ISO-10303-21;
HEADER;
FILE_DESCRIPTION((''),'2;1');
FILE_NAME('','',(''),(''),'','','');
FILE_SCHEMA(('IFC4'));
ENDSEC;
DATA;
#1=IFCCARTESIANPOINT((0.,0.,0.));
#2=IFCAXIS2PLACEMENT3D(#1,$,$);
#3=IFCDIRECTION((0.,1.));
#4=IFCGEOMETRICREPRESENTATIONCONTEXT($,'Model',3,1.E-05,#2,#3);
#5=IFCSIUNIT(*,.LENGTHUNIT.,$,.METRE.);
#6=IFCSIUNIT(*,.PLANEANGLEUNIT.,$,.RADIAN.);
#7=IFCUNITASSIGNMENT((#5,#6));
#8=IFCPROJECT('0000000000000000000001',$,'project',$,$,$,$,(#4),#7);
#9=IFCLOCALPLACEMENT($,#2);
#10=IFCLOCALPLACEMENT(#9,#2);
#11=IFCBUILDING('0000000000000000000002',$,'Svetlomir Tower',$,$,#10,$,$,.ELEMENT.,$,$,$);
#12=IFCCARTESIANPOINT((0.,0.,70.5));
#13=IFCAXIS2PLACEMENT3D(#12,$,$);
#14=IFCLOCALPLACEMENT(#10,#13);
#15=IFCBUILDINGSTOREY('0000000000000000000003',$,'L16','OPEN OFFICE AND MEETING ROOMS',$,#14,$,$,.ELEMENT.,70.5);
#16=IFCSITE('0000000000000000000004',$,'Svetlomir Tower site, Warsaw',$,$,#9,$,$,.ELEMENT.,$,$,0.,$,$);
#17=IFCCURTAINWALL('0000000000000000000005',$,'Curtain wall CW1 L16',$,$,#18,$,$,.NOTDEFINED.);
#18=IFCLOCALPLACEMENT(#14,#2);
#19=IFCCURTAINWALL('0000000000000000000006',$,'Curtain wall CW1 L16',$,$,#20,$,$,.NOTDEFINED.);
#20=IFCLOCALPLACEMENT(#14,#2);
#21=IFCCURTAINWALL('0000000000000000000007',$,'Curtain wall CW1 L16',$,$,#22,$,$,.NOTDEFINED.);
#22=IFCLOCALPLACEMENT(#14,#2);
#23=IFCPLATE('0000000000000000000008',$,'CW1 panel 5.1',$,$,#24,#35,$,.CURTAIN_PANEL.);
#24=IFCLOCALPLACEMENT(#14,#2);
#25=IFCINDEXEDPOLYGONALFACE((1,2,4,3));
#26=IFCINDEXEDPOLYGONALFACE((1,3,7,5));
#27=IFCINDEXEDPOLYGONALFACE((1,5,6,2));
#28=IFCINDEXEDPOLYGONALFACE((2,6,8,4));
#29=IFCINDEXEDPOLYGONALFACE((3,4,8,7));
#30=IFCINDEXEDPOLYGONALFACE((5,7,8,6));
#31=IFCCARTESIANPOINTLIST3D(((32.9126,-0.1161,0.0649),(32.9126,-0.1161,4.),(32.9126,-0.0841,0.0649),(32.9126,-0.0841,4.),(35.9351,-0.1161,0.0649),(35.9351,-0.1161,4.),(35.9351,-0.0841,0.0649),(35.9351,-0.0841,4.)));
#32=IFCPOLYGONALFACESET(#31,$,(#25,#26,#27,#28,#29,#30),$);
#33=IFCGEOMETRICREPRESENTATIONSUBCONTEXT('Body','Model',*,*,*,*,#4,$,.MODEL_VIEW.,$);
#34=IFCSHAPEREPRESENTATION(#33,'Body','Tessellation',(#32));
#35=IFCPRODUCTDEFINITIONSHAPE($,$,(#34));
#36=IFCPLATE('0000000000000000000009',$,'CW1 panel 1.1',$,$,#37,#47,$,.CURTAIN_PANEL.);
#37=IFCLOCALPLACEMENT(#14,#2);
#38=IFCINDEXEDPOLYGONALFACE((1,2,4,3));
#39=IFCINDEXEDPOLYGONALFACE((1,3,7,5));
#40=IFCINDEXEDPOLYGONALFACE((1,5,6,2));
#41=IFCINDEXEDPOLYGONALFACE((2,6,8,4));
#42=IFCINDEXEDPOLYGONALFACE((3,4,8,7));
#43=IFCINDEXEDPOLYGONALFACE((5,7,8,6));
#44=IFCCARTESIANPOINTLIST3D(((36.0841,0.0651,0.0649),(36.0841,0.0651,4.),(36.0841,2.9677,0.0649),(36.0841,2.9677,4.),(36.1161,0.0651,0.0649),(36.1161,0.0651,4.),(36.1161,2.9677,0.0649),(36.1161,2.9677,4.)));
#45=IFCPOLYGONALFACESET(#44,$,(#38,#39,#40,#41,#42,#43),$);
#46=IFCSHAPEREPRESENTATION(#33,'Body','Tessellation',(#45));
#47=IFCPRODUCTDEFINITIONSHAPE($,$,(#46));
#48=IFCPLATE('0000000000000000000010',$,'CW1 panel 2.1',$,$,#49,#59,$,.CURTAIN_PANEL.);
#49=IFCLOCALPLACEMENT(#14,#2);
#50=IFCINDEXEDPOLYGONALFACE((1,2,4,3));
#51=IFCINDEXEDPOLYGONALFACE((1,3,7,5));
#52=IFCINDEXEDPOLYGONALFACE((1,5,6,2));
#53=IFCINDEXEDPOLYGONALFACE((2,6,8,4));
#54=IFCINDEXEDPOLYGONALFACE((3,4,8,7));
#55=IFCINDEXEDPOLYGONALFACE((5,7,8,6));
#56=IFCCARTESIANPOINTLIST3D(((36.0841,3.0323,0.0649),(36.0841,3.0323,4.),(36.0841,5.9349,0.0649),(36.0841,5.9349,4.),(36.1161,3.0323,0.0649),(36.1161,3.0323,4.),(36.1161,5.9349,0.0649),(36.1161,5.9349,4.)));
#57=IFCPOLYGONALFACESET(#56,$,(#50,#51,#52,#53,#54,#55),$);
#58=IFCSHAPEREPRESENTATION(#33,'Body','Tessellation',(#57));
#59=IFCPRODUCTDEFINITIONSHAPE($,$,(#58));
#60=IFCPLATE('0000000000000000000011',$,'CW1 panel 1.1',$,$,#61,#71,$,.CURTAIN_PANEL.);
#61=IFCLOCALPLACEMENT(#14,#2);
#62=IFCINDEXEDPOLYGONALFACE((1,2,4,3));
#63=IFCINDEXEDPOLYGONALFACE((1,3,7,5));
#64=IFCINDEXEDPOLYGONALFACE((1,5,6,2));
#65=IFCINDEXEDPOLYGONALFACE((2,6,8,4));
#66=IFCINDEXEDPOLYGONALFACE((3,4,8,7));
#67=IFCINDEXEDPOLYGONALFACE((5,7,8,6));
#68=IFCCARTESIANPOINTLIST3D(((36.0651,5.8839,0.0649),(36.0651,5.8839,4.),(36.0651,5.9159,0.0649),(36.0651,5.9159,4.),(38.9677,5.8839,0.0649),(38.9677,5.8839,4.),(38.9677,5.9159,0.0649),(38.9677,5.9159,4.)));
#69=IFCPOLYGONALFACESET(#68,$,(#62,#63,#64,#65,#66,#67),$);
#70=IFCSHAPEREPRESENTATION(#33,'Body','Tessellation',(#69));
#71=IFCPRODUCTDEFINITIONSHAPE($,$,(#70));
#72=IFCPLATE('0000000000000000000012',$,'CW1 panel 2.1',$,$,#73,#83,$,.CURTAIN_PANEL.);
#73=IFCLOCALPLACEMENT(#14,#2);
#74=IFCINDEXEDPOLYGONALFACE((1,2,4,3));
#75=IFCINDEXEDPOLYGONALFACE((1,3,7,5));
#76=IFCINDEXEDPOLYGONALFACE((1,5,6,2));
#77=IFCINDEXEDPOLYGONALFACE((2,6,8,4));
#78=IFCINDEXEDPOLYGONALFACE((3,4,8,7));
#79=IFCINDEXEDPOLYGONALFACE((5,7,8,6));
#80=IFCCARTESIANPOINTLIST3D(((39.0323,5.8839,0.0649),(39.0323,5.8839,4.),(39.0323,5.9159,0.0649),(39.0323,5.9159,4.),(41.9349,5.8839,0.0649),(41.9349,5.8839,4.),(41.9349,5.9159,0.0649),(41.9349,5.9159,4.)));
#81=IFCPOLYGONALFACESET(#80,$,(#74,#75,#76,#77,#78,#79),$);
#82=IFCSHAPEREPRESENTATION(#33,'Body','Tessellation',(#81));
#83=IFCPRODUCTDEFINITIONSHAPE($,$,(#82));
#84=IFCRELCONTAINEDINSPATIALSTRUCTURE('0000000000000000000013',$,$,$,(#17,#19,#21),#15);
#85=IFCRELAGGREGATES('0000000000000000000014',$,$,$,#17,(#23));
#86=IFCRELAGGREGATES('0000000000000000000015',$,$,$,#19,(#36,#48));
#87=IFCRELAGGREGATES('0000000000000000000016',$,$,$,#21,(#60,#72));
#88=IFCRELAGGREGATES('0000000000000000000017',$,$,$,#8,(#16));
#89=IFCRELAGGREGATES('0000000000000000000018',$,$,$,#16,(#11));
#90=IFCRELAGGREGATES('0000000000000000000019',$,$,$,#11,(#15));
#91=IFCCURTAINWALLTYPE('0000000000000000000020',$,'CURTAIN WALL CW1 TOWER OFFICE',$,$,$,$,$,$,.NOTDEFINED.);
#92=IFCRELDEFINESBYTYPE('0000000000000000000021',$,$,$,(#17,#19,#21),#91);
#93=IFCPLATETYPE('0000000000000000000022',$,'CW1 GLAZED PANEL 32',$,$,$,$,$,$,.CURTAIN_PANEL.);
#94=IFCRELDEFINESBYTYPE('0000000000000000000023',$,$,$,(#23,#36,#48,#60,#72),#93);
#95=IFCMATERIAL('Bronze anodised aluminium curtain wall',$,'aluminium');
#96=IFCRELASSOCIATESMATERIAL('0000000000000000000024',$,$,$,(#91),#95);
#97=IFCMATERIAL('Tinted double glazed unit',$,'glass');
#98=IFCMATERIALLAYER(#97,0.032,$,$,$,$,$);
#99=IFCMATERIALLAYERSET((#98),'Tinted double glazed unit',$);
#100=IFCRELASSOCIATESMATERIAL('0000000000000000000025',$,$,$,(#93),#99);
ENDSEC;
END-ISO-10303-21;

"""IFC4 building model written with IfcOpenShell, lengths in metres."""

from ifc_helpers import new_model, si_unit, direction, frame, origin, origin_2d, place, context, subcontext, project, spatial, rectangle, extrude, material, layer, layer_set, type_object, element, aggregate, save


model = new_model("IFC4")

# Units and contexts
model_context = context("Model", 3, precision=1e-05, world=origin(), true_north=direction((0.0, 1.0)))
body_context = subcontext(model_context, "Body", "Model", "MODEL_VIEW")
ifc_project = project(units=[si_unit("LENGTHUNIT", "METRE"), si_unit("PLANEANGLEUNIT", "RADIAN")], contexts=[model_context])

# Site, building, storey
site_placement = place(None, origin())
site = spatial("IfcSite", under=ifc_project, at=site_placement, Name="Svetlomir Tower site, Warsaw", CompositionType="ELEMENT", RefElevation=0.0)
building_placement = place(site_placement, origin())
building = spatial("IfcBuilding", under=site, at=building_placement, Name="Svetlomir Tower", CompositionType="ELEMENT")
storey_placement = place(building_placement, frame((0.0, 0.0, 70.5)))
storey = spatial("IfcBuildingStorey", under=building, at=storey_placement, Name="L16", Description="OPEN OFFICE AND MEETING ROOMS", CompositionType="ELEMENT", Elevation=70.5)

# Curtain walls
ifc_material_1 = material(Name="Bronze anodised aluminium curtain wall", Category="aluminium")
curtain_wall_type = type_object("IfcCurtainWallType", Name="CURTAIN WALL CW1 TOWER OFFICE", PredefinedType="NOTDEFINED", material=ifc_material_1)
curtain_wall_1_placement = place(storey_placement, origin())
curtain_wall_1 = element("IfcCurtainWall", 1, at=curtain_wall_1_placement, inside=storey, type_object=curtain_wall_type, Name="Curtain wall CW1 L16", PredefinedType="NOTDEFINED")
curtain_wall_2_placement = place(storey_placement, origin())
curtain_wall_2 = element("IfcCurtainWall", 2, at=curtain_wall_2_placement, inside=storey, type_object=curtain_wall_type, Name="Curtain wall CW1 L16", PredefinedType="NOTDEFINED")
curtain_wall_3_placement = place(storey_placement, origin())
curtain_wall_3 = element("IfcCurtainWall", 3, at=curtain_wall_3_placement, inside=storey, type_object=curtain_wall_type, Name="Curtain wall CW1 L16", PredefinedType="NOTDEFINED")

# Plates
ifc_material_2 = material(Name="Tinted double glazed unit", Category="glass")
ifc_layer = layer(ifc_material_2, 0.032)
ifc_layer_set = layer_set([ifc_layer], Name="Tinted double glazed unit")
plate_type = type_object("IfcPlateType", Name="CW1 GLAZED PANEL 32", PredefinedType="CURTAIN_PANEL", material=ifc_layer_set)
plate_1_placement = place(storey_placement, frame((34.4238, -0.1001, 0.0649), z_axis=(0.0, 0.0, 1.0), x_axis=(1.0, 0.0, 0.0)))
plate_1 = element("IfcPlate", 4, at=plate_1_placement, type_object=plate_type, Name="CW1 panel 5.1", PredefinedType="CURTAIN_PANEL", context=body_context, shape_type="SweptSolid", body=[
    extrude(rectangle(XDim=3.0225, YDim=0.032, at=origin_2d()), origin(), (0.0, 0.0, 1.0), 3.9351),
])
aggregate(curtain_wall_1, [plate_1])
plate_2_placement = place(storey_placement, frame((36.1001, 1.5164, 0.0649), z_axis=(0.0, 0.0, 1.0), x_axis=(0.0, 1.0, 0.0)))
plate_2 = element("IfcPlate", 5, at=plate_2_placement, type_object=plate_type, Name="CW1 panel 1.1", PredefinedType="CURTAIN_PANEL", context=body_context, shape_type="SweptSolid", body=[
    extrude(rectangle(XDim=2.9026, YDim=0.032, at=origin_2d()), origin(), (0.0, 0.0, 1.0), 3.9351),
])
plate_3_placement = place(storey_placement, frame((36.1001, 4.4836, 0.0649), z_axis=(0.0, 0.0, 1.0), x_axis=(0.0, 1.0, 0.0)))
plate_3 = element("IfcPlate", 6, at=plate_3_placement, type_object=plate_type, Name="CW1 panel 2.1", PredefinedType="CURTAIN_PANEL", context=body_context, shape_type="SweptSolid", body=[
    extrude(rectangle(XDim=2.9026, YDim=0.032, at=origin_2d()), origin(), (0.0, 0.0, 1.0), 3.9351),
])
aggregate(curtain_wall_2, [plate_2, plate_3])
plate_4_placement = place(storey_placement, frame((37.5164, 5.8999, 0.0649), z_axis=(0.0, 0.0, 1.0), x_axis=(1.0, 0.0, 0.0)))
plate_4 = element("IfcPlate", 7, at=plate_4_placement, type_object=plate_type, Name="CW1 panel 1.1", PredefinedType="CURTAIN_PANEL", context=body_context, shape_type="SweptSolid", body=[
    extrude(rectangle(XDim=2.9026, YDim=0.032, at=origin_2d()), origin(), (0.0, 0.0, 1.0), 3.9351),
])
plate_5_placement = place(storey_placement, frame((40.4836, 5.8999, 0.0649), z_axis=(0.0, 0.0, 1.0), x_axis=(1.0, 0.0, 0.0)))
plate_5 = element("IfcPlate", 8, at=plate_5_placement, type_object=plate_type, Name="CW1 panel 2.1", PredefinedType="CURTAIN_PANEL", context=body_context, shape_type="SweptSolid", body=[
    extrude(rectangle(XDim=2.9026, YDim=0.032, at=origin_2d()), origin(), (0.0, 0.0, 1.0), 3.9351),
])
aggregate(curtain_wall_3, [plate_4, plate_5])

save(model, "model.ifc")
